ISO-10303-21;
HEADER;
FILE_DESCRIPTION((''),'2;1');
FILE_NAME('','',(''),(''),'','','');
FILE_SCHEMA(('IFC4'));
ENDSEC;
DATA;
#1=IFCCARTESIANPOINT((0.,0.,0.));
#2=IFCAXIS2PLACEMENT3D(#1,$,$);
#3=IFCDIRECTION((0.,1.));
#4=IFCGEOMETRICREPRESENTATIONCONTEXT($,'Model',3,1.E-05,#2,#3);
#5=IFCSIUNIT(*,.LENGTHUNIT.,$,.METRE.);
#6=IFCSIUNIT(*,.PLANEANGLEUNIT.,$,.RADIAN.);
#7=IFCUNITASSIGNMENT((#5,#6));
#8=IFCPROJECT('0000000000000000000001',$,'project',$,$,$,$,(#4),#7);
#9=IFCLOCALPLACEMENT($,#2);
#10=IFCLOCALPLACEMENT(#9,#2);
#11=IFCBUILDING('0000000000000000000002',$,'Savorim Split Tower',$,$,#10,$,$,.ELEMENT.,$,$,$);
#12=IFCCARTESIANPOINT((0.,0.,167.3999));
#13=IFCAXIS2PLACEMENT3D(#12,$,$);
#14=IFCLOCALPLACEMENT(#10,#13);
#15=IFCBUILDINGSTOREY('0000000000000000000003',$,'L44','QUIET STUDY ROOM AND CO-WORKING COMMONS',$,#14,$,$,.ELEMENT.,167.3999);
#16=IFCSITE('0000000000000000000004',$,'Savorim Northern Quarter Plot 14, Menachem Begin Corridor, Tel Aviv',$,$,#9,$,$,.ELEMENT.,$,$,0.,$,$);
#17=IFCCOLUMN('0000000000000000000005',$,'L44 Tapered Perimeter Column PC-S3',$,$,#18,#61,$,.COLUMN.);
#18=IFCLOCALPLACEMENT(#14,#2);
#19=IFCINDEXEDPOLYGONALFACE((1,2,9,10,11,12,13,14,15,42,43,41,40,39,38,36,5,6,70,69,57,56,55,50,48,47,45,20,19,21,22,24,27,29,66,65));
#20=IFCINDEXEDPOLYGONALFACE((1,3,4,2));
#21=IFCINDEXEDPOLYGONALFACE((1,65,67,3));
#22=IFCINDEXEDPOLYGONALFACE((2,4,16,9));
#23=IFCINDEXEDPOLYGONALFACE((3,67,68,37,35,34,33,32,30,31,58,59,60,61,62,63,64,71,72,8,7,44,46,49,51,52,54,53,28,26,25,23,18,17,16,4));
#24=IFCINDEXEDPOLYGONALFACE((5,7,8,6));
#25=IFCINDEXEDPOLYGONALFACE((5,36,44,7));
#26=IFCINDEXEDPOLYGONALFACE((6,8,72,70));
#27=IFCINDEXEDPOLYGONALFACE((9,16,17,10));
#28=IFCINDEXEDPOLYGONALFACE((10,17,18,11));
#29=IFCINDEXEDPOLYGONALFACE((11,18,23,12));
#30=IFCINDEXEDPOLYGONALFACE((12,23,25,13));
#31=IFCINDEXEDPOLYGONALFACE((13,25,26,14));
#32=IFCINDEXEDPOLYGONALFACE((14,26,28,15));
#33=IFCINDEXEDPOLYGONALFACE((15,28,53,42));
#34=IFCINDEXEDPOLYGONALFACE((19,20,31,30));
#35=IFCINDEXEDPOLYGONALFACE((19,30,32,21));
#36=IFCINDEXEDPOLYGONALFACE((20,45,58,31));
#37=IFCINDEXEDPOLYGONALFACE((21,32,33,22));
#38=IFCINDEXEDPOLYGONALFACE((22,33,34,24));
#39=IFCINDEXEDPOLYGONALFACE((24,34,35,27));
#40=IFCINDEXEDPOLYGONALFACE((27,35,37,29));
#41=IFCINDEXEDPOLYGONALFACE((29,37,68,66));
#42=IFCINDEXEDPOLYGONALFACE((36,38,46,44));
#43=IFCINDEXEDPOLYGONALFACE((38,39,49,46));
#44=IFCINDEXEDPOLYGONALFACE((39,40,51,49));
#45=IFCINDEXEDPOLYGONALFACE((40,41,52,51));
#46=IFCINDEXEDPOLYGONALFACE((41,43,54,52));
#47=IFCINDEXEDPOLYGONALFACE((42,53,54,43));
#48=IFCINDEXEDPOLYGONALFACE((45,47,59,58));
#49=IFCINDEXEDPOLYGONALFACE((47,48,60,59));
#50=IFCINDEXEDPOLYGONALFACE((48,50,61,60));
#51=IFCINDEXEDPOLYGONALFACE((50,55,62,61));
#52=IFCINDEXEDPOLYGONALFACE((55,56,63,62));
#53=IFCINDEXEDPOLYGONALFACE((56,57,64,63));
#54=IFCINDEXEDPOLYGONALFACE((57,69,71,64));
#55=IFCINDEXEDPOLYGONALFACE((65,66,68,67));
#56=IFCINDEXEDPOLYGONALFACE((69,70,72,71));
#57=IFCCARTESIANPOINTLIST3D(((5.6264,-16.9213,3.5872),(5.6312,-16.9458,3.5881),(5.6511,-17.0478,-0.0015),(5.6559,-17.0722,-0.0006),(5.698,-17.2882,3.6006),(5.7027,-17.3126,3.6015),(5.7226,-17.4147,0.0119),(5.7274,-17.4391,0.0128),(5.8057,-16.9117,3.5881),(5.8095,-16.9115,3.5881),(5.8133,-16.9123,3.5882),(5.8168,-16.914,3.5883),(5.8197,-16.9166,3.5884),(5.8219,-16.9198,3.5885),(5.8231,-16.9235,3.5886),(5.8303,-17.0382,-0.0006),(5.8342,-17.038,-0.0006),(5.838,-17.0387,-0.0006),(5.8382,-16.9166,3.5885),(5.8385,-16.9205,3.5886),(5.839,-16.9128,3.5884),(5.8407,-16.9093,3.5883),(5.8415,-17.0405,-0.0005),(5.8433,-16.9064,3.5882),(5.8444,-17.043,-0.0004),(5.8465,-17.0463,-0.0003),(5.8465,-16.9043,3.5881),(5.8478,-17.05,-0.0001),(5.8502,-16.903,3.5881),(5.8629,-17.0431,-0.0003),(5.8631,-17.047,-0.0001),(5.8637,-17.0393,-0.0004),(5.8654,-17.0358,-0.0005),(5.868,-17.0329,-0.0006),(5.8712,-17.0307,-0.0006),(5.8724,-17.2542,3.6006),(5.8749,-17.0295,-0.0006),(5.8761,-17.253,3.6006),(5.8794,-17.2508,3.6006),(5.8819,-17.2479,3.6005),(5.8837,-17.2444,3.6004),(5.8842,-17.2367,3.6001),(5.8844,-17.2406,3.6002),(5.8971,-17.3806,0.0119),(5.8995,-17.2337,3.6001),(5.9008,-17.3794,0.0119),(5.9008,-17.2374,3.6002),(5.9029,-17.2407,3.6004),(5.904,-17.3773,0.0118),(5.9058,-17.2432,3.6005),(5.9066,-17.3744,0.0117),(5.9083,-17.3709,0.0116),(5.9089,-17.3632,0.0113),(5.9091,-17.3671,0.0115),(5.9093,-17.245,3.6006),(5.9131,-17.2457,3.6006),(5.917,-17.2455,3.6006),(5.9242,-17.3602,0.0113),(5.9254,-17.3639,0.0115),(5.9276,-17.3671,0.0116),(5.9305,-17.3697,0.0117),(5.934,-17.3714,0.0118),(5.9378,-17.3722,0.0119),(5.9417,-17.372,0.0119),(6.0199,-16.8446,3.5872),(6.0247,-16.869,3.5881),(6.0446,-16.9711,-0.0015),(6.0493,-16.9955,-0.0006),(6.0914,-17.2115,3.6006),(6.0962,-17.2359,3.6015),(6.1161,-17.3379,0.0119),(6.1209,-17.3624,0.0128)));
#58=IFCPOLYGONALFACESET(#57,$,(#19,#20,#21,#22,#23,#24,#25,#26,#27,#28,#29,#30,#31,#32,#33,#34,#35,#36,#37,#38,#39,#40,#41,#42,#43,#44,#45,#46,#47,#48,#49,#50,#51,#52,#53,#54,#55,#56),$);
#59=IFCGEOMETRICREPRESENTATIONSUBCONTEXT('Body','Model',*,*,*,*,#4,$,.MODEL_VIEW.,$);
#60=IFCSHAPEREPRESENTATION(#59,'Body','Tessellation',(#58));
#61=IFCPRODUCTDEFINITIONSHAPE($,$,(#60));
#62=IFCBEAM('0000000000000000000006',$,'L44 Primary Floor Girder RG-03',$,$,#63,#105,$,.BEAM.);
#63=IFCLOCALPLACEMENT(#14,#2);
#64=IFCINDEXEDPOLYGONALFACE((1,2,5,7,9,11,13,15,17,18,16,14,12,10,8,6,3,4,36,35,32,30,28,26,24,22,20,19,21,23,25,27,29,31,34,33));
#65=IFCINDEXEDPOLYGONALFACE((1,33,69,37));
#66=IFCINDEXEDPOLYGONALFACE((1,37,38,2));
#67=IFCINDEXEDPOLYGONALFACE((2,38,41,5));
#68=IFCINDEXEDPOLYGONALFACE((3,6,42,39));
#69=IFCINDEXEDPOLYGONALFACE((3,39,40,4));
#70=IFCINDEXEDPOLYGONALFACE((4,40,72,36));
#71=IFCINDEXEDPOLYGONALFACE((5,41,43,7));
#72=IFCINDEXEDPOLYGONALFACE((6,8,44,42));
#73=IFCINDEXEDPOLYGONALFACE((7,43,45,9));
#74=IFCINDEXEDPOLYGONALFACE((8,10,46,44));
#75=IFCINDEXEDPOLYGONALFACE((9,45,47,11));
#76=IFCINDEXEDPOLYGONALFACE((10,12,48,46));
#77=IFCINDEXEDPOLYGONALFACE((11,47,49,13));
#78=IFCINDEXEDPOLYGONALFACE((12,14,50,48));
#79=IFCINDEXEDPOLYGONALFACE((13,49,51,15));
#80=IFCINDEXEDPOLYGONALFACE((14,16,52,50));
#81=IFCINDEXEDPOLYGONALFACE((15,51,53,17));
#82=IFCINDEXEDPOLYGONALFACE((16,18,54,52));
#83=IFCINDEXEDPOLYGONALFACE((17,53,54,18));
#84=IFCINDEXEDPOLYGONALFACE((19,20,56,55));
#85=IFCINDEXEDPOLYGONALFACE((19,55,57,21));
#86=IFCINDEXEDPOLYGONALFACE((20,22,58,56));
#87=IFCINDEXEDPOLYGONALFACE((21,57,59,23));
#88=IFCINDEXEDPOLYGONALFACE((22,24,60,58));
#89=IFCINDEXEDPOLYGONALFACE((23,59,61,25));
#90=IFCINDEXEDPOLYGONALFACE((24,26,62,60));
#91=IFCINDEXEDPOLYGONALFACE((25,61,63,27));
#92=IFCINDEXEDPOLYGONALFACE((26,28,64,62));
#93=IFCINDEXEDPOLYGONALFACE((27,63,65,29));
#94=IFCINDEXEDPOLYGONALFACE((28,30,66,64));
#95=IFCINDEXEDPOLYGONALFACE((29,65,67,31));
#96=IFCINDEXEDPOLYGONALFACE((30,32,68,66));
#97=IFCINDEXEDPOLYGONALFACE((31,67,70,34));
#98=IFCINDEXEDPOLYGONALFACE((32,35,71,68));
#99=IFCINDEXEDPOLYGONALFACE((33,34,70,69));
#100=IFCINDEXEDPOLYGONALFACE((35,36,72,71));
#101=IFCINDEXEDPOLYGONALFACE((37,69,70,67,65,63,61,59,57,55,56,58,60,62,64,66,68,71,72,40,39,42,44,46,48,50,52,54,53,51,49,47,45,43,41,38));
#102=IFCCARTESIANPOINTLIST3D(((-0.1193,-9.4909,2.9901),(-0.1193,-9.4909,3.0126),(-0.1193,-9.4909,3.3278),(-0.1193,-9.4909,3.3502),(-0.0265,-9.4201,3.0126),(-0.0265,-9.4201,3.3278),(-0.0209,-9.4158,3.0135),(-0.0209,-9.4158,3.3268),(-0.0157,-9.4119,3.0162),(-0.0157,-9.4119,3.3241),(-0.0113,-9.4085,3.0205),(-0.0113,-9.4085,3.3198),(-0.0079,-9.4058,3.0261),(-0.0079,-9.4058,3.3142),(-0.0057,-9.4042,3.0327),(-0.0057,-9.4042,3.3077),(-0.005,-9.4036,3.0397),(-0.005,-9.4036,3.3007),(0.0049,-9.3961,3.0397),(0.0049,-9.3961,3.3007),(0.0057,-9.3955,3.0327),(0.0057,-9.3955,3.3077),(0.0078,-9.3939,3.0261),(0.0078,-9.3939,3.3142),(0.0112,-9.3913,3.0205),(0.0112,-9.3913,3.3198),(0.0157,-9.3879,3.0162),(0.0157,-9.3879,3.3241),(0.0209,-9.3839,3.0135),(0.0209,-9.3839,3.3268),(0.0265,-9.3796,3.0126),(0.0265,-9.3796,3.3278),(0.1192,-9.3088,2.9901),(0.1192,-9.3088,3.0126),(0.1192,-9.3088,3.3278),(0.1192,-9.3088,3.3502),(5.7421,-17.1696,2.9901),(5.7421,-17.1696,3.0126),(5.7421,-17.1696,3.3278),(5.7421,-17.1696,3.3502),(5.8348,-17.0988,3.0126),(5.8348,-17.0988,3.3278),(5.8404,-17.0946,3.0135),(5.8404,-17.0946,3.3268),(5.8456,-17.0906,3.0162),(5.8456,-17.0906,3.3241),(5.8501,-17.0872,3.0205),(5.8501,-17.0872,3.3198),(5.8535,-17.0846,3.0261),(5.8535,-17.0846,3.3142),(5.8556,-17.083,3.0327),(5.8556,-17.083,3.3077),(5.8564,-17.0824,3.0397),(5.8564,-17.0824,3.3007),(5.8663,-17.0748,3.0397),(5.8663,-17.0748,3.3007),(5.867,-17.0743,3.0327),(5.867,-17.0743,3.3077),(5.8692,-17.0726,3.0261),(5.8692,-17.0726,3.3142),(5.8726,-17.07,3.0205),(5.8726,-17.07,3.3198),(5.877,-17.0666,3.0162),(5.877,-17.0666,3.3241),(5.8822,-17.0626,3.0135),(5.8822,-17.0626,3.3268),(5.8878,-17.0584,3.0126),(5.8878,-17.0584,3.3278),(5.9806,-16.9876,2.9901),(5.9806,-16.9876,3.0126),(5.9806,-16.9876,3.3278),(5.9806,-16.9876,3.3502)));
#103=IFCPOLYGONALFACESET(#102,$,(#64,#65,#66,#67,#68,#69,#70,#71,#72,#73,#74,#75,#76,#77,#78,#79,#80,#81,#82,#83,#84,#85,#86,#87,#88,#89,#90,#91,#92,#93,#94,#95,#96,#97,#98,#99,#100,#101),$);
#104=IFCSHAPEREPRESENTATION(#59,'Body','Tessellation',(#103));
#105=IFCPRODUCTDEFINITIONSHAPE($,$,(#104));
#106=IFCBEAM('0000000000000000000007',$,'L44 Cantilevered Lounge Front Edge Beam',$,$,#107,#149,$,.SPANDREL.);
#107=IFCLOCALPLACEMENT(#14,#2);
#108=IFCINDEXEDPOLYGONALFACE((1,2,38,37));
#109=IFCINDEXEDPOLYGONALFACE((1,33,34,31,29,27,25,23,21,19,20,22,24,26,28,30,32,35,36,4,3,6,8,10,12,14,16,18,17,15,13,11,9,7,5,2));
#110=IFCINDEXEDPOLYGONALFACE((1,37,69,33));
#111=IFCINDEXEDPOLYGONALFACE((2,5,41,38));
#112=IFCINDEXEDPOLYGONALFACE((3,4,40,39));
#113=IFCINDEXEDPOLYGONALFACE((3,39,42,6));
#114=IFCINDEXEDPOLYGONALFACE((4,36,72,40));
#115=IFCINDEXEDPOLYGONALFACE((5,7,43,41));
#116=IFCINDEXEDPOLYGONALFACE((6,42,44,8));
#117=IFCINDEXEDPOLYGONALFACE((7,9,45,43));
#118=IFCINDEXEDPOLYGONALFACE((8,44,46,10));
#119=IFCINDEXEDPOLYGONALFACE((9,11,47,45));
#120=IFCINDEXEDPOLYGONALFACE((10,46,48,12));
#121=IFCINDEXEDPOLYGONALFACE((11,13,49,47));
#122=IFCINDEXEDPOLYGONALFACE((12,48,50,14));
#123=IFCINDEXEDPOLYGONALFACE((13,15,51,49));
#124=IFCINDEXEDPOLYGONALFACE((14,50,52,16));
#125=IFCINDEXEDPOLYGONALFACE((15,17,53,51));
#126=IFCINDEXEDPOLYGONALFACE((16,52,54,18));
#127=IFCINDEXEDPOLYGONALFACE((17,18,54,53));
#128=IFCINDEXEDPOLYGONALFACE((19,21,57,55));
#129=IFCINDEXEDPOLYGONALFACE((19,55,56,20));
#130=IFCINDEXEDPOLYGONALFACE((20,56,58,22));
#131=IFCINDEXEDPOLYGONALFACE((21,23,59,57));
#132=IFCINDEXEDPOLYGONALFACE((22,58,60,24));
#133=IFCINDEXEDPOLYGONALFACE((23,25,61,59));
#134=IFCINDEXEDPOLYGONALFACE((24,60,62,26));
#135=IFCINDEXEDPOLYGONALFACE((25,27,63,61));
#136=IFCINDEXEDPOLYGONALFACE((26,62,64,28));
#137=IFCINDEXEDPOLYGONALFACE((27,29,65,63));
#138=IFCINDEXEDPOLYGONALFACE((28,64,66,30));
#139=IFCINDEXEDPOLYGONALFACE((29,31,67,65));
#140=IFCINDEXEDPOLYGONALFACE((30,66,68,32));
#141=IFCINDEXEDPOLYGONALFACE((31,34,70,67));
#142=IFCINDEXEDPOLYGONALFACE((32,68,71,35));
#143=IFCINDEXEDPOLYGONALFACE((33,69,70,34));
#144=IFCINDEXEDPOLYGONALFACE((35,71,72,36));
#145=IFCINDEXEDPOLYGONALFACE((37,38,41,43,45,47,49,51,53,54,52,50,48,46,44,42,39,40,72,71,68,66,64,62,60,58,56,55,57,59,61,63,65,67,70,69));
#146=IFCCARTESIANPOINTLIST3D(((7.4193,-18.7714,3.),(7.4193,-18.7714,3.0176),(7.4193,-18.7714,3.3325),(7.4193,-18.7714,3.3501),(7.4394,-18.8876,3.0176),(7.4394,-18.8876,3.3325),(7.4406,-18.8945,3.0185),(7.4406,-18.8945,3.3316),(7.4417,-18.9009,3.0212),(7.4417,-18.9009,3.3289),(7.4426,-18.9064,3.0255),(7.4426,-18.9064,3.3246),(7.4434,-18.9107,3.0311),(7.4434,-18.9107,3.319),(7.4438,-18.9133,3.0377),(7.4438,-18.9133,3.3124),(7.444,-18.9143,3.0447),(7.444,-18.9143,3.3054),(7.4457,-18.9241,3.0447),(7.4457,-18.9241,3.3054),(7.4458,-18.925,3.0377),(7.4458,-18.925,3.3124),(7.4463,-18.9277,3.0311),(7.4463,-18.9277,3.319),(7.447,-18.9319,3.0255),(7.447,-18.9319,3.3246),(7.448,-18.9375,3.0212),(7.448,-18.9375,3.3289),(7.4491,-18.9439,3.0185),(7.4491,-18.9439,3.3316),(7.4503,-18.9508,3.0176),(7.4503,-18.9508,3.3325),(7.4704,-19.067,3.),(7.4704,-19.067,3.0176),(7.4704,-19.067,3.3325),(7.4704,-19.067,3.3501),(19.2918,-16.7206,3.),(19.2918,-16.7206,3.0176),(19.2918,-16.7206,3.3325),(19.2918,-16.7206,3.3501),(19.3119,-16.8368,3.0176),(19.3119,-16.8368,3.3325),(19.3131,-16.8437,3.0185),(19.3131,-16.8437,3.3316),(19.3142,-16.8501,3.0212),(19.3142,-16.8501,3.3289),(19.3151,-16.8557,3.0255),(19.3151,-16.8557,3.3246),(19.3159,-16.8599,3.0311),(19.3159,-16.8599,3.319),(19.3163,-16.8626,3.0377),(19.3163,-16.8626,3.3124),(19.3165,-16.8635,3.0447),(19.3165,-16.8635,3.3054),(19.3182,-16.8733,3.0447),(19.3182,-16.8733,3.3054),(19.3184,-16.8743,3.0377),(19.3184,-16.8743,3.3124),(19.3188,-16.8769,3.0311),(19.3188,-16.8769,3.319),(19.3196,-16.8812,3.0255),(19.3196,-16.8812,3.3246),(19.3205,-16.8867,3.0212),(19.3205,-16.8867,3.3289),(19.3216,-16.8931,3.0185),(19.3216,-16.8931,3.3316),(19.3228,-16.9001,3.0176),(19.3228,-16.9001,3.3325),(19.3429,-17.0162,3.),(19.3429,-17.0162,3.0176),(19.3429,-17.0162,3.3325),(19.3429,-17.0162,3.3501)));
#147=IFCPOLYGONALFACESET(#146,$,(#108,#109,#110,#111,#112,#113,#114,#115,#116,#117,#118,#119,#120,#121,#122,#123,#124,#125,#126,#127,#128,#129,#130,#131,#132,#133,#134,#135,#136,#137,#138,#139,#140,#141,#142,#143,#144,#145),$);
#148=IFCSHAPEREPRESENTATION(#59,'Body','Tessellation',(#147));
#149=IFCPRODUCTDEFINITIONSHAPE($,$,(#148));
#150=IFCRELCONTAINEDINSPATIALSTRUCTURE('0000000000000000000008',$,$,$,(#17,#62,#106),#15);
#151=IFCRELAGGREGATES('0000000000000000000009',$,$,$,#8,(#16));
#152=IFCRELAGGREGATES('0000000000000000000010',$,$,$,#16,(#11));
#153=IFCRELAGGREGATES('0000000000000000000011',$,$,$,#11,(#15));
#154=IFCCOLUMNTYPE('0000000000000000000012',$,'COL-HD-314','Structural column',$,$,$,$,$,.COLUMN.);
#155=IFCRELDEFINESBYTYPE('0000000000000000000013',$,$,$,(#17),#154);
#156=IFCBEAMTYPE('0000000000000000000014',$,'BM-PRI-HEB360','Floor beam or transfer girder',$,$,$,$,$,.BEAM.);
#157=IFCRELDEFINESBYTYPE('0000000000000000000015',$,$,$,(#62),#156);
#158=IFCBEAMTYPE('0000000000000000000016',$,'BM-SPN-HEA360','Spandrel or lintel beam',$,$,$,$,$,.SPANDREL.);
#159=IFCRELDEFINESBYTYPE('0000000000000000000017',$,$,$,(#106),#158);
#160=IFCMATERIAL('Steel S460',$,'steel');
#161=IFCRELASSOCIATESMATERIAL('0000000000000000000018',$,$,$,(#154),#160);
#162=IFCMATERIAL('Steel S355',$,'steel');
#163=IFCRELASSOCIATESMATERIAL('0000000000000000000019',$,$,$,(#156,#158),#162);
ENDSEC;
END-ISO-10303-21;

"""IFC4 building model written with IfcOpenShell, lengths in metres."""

from ifc_helpers import new_model, si_unit, direction, frame, origin, origin_2d, place, context, subcontext, project, spatial, i_section, extrude, material, material_profile, profile_set, type_object, element, save


model = new_model("IFC4")

# Units and contexts
model_context = context("Model", 3, precision=1e-05, world=origin(), true_north=direction((0.0, 1.0)))
body_context = subcontext(model_context, "Body", "Model", "MODEL_VIEW")
ifc_project = project(units=[si_unit("LENGTHUNIT", "METRE"), si_unit("PLANEANGLEUNIT", "RADIAN")], contexts=[model_context])

# Site, building, storey
site_placement = place(None, origin())
site = spatial("IfcSite", under=ifc_project, at=site_placement, Name="Savorim Northern Quarter Plot 14, Menachem Begin Corridor, Tel Aviv", CompositionType="ELEMENT", RefElevation=0.0)
building_placement = place(site_placement, origin())
building = spatial("IfcBuilding", under=site, at=building_placement, Name="Savorim Split Tower", CompositionType="ELEMENT")
storey_placement = place(building_placement, frame((0.0, 0.0, 167.3999)))
storey = spatial("IfcBuildingStorey", under=building, at=storey_placement, Name="L44", Description="QUIET STUDY ROOM AND CO-WORKING COMMONS", CompositionType="ELEMENT", Elevation=167.3999)

# Column
ifc_material_1 = material(Name="Steel S460", Category="steel")
ifc_material_profile_1 = material_profile(ifc_material_1, i_section(OverallWidth=0.4009, OverallDepth=0.3989, WebThickness=0.0156, FlangeThickness=0.0249, FilletRadius=0.0149, at=origin_2d()), Name="HD 400x314")
ifc_profile_set_1 = profile_set([ifc_material_profile_1], Name="Steel S460")
column_type = type_object("IfcColumnType", Name="COL-HD-314", Description="Structural column", PredefinedType="COLUMN", material=ifc_profile_set_1)
column_placement = place(storey_placement, frame((5.886, -17.2051, 0.0056), z_axis=(-0.006866, 0.035215, 0.999356), x_axis=(-0.981517, -0.191377, 0.0)))
element("IfcColumn", 1, at=column_placement, inside=storey, type_object=column_type, Name="L44 Tapered Perimeter Column PC-S3", PredefinedType="COLUMN", context=body_context, shape_type="SweptSolid", body=[
    extrude(i_section(OverallWidth=0.4009, OverallDepth=0.3989, WebThickness=0.0156, FlangeThickness=0.0249, FilletRadius=0.0149, at=origin_2d()), origin(), (0.0, 0.0, 1.0), 3.5911),
])

# Beams
ifc_material_2 = material(Name="Steel S355", Category="steel")
ifc_material_profile_2 = material_profile(ifc_material_2, i_section(OverallWidth=0.3, OverallDepth=0.3601, WebThickness=0.0125, FlangeThickness=0.0225, FilletRadius=0.0271, at=origin_2d()), Name="HEB 360")
ifc_profile_set_2 = profile_set([ifc_material_profile_2], Name="Steel S355")
beam_type_1 = type_object("IfcBeamType", Name="BM-PRI-HEB360", Description="Floor beam or transfer girder", PredefinedType="BEAM", material=ifc_profile_set_2)
beam_1_placement = place(storey_placement, frame((5.8613, -17.0786, 3.1702), z_axis=(-0.606756, 0.794888, 0.0), x_axis=(-0.794888, -0.606756, 0.0)))
element("IfcBeam", 2, at=beam_1_placement, inside=storey, type_object=beam_type_1, Name="L44 Primary Floor Girder RG-03", PredefinedType="BEAM", context=body_context, shape_type="SweptSolid", body=[
    extrude(i_section(OverallWidth=0.3, OverallDepth=0.3601, WebThickness=0.0125, FlangeThickness=0.0225, FilletRadius=0.0271, at=origin_2d()), origin(), (0.0, 0.0, 1.0), 9.6602),
])
ifc_material_profile_3 = material_profile(ifc_material_2, i_section(OverallWidth=0.3, OverallDepth=0.3501, WebThickness=0.01, FlangeThickness=0.0176, FilletRadius=0.0271, at=origin_2d()), Name="HEA 360")
ifc_profile_set_3 = profile_set([ifc_material_profile_3], Name="Steel S355")
beam_type_2 = type_object("IfcBeamType", Name="BM-SPN-HEA360", Description="Spandrel or lintel beam", PredefinedType="SPANDREL", material=ifc_profile_set_3)
beam_2_placement = place(storey_placement, frame((7.4448, -18.9192, 3.175), z_axis=(0.985407, 0.170212, 0.0), x_axis=(-0.170212, 0.985407, 0.0)))
element("IfcBeam", 3, at=beam_2_placement, inside=storey, type_object=beam_type_2, Name="L44 Cantilevered Lounge Front Edge Beam", PredefinedType="SPANDREL", context=body_context, shape_type="SweptSolid", body=[
    extrude(i_section(OverallWidth=0.3, OverallDepth=0.3501, WebThickness=0.01, FlangeThickness=0.0176, FilletRadius=0.0271, at=origin_2d()), origin(), (0.0, 0.0, 1.0), 12.0483),
])

save(model, "model.ifc")
